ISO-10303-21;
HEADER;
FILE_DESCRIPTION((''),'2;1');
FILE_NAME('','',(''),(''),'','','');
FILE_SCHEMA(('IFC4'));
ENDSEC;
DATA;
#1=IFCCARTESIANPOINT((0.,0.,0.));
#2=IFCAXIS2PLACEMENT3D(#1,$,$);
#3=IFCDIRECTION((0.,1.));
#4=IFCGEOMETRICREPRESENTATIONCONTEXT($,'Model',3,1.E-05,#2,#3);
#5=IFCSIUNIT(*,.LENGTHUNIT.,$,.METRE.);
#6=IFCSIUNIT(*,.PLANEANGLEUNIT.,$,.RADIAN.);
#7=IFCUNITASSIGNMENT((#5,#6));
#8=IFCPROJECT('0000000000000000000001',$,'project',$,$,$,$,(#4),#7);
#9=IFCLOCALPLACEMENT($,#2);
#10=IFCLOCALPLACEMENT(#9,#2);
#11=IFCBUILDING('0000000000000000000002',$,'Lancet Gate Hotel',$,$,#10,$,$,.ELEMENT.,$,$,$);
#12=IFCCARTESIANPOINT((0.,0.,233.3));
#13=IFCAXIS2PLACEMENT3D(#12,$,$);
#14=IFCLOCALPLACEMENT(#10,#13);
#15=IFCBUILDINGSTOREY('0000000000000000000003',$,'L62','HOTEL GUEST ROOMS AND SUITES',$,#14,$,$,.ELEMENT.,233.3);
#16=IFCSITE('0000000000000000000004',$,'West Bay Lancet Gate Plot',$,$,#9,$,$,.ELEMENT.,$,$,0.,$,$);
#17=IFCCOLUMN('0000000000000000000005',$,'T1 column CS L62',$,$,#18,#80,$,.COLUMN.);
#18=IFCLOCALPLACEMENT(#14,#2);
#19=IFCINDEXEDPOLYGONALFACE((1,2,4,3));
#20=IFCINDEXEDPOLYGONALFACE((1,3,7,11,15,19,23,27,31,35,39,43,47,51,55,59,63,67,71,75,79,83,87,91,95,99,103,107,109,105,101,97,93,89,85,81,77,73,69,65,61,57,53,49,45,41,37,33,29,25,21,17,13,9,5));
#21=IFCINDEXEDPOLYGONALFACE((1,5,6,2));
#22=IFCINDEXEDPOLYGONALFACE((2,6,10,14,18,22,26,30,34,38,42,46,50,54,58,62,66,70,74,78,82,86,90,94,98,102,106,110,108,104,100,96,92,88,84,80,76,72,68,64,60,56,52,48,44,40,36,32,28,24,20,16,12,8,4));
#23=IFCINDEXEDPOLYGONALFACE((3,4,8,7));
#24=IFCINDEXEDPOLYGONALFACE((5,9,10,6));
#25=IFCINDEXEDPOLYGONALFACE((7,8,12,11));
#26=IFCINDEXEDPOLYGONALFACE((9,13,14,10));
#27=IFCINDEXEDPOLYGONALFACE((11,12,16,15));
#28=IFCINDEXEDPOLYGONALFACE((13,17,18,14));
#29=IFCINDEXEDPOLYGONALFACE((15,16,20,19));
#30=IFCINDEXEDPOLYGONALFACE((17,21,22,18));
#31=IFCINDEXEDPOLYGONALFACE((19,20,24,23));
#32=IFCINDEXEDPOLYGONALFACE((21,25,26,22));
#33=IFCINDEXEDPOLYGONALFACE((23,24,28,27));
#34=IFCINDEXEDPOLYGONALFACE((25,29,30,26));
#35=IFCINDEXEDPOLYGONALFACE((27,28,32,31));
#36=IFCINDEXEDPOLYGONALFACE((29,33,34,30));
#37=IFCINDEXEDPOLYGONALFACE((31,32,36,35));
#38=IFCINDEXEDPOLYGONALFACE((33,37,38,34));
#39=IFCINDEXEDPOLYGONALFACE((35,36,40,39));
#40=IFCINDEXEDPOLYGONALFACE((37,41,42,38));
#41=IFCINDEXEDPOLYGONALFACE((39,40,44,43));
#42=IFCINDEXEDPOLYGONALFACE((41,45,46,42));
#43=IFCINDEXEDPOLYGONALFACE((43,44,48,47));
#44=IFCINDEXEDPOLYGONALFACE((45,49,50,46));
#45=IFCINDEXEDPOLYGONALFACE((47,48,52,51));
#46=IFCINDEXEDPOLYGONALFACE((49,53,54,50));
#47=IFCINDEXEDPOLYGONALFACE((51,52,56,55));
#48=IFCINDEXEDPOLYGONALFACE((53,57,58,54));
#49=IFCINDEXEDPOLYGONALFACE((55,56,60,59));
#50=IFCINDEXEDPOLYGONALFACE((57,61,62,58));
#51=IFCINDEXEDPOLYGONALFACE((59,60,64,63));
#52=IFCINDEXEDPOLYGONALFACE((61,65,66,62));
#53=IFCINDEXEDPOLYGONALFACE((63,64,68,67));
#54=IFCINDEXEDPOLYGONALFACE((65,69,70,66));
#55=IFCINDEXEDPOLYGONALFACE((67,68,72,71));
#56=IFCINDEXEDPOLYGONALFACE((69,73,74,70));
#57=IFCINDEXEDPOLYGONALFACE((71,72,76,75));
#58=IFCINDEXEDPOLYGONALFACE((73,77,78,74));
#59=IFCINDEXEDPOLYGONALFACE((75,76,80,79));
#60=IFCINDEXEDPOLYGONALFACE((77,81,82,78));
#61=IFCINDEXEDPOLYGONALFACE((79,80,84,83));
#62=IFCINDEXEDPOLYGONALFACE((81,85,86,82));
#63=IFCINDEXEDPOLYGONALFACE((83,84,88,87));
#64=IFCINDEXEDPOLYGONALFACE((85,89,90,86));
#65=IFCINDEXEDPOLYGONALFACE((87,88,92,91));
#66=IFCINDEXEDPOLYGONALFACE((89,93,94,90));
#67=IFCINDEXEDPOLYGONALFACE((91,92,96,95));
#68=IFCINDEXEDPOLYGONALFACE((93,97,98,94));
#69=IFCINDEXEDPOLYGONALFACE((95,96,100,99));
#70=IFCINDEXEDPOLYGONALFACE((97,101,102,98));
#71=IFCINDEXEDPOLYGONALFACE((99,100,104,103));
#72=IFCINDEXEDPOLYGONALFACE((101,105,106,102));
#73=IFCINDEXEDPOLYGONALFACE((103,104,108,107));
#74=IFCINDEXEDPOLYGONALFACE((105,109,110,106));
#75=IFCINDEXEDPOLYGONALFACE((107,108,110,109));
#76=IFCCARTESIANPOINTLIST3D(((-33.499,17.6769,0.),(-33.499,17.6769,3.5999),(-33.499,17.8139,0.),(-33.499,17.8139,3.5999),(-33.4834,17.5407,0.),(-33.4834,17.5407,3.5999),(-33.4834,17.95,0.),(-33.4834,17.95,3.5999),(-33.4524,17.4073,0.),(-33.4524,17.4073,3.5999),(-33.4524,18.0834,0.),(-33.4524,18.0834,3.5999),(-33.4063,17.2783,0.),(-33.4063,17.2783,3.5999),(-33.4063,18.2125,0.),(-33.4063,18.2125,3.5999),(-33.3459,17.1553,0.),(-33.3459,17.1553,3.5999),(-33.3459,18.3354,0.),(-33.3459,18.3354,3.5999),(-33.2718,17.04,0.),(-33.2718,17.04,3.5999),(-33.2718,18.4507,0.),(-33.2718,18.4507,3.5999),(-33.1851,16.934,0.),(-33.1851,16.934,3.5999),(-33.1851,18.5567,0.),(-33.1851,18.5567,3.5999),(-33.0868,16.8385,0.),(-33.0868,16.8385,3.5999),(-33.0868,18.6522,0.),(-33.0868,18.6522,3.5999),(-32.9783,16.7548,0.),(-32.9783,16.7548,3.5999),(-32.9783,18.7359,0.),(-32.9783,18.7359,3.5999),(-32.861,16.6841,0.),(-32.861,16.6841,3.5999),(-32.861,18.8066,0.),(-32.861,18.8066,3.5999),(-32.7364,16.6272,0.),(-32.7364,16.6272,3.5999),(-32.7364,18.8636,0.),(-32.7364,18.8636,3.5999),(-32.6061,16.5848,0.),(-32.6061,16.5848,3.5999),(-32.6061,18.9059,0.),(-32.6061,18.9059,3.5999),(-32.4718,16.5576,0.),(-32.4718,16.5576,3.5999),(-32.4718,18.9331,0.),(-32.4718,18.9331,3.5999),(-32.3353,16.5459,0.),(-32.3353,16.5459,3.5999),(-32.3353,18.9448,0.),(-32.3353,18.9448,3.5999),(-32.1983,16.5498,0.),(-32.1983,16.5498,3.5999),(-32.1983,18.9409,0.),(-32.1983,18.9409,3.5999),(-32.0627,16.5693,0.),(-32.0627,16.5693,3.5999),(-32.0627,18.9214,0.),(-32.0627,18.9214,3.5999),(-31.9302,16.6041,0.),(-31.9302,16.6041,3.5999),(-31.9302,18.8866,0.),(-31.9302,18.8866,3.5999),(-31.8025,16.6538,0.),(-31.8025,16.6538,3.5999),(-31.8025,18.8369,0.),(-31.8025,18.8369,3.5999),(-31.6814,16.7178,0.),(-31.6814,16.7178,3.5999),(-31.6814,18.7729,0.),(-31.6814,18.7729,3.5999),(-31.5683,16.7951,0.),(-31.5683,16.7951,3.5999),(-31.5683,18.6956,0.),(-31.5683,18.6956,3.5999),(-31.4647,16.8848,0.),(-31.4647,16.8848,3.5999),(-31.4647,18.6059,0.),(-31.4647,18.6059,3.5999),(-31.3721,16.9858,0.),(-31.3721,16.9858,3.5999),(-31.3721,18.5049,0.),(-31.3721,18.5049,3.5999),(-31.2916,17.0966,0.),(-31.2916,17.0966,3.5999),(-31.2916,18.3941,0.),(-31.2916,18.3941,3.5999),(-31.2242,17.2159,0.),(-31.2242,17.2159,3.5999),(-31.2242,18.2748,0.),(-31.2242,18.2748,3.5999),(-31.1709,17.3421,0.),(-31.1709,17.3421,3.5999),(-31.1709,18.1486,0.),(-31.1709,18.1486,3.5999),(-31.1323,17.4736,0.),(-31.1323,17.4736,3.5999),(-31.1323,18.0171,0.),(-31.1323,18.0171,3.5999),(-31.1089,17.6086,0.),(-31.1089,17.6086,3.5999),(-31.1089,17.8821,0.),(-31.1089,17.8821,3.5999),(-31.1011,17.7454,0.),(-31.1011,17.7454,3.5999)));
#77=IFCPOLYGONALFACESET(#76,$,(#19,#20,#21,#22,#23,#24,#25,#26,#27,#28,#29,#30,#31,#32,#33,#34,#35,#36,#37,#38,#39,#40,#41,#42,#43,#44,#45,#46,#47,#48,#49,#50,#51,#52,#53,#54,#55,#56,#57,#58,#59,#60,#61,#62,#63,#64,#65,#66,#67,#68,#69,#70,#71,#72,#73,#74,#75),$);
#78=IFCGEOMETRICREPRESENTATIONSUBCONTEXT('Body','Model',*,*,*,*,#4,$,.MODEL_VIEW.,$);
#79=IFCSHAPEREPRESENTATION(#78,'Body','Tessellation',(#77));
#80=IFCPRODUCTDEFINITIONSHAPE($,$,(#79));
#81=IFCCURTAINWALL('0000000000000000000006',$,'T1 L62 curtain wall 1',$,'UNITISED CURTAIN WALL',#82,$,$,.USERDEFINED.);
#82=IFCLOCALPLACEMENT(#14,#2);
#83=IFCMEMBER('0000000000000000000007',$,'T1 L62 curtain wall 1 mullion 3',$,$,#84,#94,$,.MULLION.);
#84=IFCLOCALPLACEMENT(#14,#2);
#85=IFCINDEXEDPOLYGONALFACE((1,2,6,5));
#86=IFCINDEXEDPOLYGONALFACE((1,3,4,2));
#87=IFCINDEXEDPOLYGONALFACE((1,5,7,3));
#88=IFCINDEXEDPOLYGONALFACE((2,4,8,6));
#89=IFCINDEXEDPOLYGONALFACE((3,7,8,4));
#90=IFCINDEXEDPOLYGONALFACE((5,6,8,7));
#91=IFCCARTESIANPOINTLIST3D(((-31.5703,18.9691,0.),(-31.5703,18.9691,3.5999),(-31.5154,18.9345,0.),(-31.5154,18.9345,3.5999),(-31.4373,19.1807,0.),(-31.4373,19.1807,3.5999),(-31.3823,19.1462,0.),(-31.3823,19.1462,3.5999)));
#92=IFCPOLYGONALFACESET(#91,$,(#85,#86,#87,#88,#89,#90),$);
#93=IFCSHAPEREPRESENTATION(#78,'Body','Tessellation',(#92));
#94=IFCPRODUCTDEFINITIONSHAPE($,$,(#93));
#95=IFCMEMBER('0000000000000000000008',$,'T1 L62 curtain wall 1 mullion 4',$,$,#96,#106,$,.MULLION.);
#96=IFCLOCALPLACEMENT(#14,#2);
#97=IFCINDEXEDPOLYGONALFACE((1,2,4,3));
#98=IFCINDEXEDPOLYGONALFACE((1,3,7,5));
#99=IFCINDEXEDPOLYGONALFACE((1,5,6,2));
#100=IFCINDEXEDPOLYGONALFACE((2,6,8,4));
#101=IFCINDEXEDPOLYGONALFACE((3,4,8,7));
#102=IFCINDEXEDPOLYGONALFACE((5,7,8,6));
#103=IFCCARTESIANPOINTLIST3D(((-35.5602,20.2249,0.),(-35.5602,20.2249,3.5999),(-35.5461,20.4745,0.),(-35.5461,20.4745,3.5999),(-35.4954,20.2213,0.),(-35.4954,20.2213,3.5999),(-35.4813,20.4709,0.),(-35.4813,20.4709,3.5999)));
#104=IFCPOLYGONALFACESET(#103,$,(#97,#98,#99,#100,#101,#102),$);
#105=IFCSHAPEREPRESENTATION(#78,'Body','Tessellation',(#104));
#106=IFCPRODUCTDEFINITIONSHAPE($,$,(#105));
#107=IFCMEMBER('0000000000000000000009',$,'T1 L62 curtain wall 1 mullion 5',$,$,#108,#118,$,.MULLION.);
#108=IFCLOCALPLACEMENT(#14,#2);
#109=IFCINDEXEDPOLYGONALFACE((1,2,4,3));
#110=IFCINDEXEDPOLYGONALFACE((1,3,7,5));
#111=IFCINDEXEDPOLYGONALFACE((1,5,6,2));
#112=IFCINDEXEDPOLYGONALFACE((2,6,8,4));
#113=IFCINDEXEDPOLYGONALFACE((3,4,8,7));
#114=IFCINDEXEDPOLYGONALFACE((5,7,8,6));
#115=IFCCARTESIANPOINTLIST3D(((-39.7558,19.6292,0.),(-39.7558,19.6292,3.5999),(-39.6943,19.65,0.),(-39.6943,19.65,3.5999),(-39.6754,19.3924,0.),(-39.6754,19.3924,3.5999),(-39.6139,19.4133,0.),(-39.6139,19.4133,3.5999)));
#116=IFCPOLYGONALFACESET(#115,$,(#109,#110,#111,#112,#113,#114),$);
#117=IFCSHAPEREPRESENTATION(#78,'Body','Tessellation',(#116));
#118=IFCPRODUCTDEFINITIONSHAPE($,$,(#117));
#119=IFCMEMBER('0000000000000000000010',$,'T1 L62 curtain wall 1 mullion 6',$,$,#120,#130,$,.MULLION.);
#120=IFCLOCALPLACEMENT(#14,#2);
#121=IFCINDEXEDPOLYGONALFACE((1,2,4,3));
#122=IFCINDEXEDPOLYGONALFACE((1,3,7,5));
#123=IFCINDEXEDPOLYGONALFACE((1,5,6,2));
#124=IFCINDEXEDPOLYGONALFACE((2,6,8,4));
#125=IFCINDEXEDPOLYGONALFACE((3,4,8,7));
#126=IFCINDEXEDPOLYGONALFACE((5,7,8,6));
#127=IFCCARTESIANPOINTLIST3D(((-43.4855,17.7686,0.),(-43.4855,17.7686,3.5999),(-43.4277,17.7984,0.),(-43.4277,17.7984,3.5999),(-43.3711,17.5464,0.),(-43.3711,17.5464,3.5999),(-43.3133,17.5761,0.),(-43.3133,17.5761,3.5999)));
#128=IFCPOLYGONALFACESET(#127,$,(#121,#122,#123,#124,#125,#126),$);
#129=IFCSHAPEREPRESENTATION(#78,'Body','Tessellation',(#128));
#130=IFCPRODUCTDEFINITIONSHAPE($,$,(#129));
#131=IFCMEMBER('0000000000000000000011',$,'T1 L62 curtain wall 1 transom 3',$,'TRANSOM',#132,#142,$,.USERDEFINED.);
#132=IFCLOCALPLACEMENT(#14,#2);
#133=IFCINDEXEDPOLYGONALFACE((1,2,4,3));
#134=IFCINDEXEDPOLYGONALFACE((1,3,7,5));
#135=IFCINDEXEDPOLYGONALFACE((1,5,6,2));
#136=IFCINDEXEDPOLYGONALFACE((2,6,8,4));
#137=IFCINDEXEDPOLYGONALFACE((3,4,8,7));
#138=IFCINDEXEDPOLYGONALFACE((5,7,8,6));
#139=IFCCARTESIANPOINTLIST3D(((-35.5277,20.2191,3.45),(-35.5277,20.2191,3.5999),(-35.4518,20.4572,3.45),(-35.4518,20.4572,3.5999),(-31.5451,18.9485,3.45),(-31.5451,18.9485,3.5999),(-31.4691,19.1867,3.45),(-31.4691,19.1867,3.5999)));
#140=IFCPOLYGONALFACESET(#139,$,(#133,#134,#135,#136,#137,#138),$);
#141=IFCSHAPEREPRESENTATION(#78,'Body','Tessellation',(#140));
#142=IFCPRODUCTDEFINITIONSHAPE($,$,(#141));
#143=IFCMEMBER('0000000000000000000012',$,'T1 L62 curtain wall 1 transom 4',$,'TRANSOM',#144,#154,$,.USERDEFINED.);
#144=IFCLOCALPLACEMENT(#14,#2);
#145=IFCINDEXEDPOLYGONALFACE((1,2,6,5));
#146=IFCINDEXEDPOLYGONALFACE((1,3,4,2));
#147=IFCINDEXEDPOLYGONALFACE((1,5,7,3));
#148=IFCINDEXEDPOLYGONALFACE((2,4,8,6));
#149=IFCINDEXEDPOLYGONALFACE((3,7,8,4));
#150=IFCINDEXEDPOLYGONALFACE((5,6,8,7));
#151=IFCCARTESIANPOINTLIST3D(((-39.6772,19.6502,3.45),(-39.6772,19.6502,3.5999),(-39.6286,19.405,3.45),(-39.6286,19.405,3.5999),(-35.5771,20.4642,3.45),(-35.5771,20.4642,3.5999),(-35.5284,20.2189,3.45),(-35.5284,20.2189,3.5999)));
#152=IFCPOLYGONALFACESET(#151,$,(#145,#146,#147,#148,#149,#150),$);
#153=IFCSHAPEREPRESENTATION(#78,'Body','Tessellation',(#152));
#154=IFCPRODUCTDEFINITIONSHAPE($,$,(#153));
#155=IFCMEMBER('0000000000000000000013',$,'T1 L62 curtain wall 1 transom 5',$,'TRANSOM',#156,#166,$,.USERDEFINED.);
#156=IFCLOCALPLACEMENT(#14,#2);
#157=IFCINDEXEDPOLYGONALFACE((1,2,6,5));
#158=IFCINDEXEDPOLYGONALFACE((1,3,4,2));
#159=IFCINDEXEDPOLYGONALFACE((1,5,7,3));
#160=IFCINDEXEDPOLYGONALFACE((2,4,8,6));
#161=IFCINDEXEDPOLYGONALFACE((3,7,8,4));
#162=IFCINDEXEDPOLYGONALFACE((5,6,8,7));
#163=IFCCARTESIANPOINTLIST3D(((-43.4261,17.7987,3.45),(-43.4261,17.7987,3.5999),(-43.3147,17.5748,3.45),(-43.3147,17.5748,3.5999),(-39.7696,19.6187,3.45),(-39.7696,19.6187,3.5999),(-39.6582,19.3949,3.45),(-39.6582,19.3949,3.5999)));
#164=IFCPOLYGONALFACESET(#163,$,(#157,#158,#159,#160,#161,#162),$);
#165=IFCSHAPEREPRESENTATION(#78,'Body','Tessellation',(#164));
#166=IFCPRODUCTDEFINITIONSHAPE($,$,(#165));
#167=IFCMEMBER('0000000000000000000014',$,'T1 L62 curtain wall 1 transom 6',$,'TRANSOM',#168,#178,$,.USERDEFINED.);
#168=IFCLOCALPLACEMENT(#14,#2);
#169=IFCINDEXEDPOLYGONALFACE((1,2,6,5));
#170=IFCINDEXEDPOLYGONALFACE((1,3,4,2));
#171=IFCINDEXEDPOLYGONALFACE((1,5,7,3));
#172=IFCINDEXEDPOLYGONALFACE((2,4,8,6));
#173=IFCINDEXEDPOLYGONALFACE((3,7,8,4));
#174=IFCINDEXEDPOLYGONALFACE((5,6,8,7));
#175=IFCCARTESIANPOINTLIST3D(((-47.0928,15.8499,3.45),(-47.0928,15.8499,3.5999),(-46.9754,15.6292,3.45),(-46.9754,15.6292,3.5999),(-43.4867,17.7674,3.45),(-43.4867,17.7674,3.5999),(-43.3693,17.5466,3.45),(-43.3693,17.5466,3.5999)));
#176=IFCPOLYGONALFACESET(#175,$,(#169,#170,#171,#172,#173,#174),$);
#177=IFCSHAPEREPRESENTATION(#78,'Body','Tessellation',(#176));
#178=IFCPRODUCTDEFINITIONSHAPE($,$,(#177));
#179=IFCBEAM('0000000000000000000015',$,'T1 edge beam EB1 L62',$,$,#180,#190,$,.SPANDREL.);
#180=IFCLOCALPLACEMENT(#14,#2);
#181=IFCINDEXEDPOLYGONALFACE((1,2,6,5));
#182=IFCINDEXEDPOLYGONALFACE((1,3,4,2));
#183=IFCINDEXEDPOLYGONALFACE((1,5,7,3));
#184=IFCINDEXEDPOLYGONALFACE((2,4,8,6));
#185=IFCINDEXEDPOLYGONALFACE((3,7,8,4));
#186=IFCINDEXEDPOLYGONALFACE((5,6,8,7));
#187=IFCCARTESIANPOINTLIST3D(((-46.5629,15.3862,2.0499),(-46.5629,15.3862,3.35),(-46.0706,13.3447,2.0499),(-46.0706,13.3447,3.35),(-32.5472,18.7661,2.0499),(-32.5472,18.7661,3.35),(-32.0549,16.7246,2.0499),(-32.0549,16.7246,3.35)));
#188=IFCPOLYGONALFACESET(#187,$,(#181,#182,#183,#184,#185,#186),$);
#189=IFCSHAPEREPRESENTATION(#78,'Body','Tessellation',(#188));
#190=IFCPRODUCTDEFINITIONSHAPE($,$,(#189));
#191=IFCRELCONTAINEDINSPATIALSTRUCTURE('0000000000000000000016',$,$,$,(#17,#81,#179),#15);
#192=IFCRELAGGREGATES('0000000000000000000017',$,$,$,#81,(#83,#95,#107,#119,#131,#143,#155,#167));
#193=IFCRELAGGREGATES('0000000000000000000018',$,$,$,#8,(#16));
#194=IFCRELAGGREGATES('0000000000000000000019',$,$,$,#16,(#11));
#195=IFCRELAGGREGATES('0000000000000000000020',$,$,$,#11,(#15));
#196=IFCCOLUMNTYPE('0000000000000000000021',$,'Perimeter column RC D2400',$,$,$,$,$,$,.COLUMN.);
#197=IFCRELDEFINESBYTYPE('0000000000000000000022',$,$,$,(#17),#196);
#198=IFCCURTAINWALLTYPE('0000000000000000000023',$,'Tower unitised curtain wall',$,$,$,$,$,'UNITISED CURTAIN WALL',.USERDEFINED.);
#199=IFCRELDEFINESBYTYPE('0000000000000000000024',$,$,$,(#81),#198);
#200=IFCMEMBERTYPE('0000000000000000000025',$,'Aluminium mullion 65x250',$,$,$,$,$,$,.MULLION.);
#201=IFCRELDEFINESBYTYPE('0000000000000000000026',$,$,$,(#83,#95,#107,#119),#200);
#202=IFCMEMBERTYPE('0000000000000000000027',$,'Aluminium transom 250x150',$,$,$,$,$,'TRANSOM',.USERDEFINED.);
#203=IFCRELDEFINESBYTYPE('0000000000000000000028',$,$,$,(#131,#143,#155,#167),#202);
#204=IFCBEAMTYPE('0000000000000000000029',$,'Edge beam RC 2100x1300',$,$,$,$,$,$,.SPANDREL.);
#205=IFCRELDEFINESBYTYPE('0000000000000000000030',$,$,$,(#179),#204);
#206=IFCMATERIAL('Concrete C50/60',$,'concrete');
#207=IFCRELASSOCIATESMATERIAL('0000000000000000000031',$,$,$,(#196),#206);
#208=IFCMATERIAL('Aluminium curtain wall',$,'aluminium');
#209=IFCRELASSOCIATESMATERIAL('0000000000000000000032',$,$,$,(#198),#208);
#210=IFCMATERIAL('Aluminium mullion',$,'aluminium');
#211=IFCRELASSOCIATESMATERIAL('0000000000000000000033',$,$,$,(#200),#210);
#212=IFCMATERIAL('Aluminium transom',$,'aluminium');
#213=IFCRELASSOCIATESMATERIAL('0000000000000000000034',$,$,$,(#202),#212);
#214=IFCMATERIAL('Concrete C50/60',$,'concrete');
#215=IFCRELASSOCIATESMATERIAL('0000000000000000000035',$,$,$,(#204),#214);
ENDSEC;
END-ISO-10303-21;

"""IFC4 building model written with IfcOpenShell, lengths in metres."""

from ifc_helpers import new_model, si_unit, direction, frame, origin, origin_2d, place, context, subcontext, project, spatial, rectangle, circle, extrude, material, material_profile, profile_set, type_object, element, aggregate, save


model = new_model("IFC4")

# Units and contexts
model_context = context("Model", 3, precision=1e-05, world=origin(), true_north=direction((0.0, 1.0)))
body_context = subcontext(model_context, "Body", "Model", "MODEL_VIEW")
ifc_project = project(units=[si_unit("LENGTHUNIT", "METRE"), si_unit("PLANEANGLEUNIT", "RADIAN")], contexts=[model_context])

# Site, building, storey
site_placement = place(None, origin())
site = spatial("IfcSite", under=ifc_project, at=site_placement, Name="West Bay Lancet Gate Plot", CompositionType="ELEMENT", RefElevation=0.0)
building_placement = place(site_placement, origin())
building = spatial("IfcBuilding", under=site, at=building_placement, Name="Lancet Gate Hotel", CompositionType="ELEMENT")
storey_placement = place(building_placement, frame((0.0, 0.0, 233.3)))
storey = spatial("IfcBuildingStorey", under=building, at=storey_placement, Name="L62", Description="HOTEL GUEST ROOMS AND SUITES", CompositionType="ELEMENT", Elevation=233.3)

# Column
ifc_material_1 = material(Name="Concrete C50/60", Category="concrete")
ifc_material_profile_1 = material_profile(ifc_material_1, circle(Radius=1.2, at=origin_2d()), Name="RC D2400")
ifc_profile_set_1 = profile_set([ifc_material_profile_1], Name="Concrete C50/60")
column_type = type_object("IfcColumnType", Name="Perimeter column RC D2400", PredefinedType="COLUMN", material=ifc_profile_set_1)
column_placement = place(storey_placement, frame((-32.301, 17.7454, 0.0), z_axis=(0.0, 0.0, 1.0), x_axis=(1.0, 0.0, 0.0)))
element("IfcColumn", 1, at=column_placement, inside=storey, type_object=column_type, Name="T1 column CS L62", PredefinedType="COLUMN", context=body_context, shape_type="SweptSolid", body=[
    extrude(circle(Radius=1.2, at=origin_2d()), origin(), (0.0, 0.0, 1.0), 3.5999),
])

# Curtain wall, members
ifc_material_2 = material(Name="Aluminium curtain wall", Category="aluminium")
curtain_wall_type = type_object("IfcCurtainWallType", Name="Tower unitised curtain wall", ElementType="UNITISED CURTAIN WALL", PredefinedType="USERDEFINED", material=ifc_material_2)
curtain_wall_placement = place(storey_placement, origin())
curtain_wall = element("IfcCurtainWall", 2, at=curtain_wall_placement, inside=storey, type_object=curtain_wall_type, Name="T1 L62 curtain wall 1", ObjectType="UNITISED CURTAIN WALL", PredefinedType="USERDEFINED")
ifc_material_3 = material(Name="Aluminium mullion", Category="aluminium")
ifc_material_profile_2 = material_profile(ifc_material_3, rectangle(XDim=0.0649, YDim=0.25, at=origin_2d()), Name="MULLION 65x250")
ifc_profile_set_2 = profile_set([ifc_material_profile_2], Name="Aluminium mullion")
member_type_1 = type_object("IfcMemberType", Name="Aluminium mullion 65x250", PredefinedType="MULLION", material=ifc_profile_set_2)
member_1_placement = place(storey_placement, frame((-31.4763, 19.0576, 0.0), z_axis=(0.0, 0.0, 1.0), x_axis=(-0.846613, 0.532209, 0.0)))
member_1 = element("IfcMember", 3, at=member_1_placement, type_object=member_type_1, Name="T1 L62 curtain wall 1 mullion 3", PredefinedType="MULLION", context=body_context, shape_type="SweptSolid", body=[
    extrude(rectangle(XDim=0.0649, YDim=0.25, at=origin_2d()), origin(), (0.0, 0.0, 1.0), 3.5999),
])
member_2_placement = place(storey_placement, frame((-35.5208, 20.3479, 0.0), z_axis=(0.0, 0.0, 1.0), x_axis=(-0.998409, 0.056384, 0.0)))
member_2 = element("IfcMember", 4, at=member_2_placement, type_object=member_type_1, Name="T1 L62 curtain wall 1 mullion 4", PredefinedType="MULLION", context=body_context, shape_type="SweptSolid", body=[
    extrude(rectangle(XDim=0.0649, YDim=0.25, at=origin_2d()), origin(), (0.0, 0.0, 1.0), 3.5999),
])
member_3_placement = place(storey_placement, frame((-39.6848, 19.5212, 0.0), z_axis=(0.0, 0.0, 1.0), x_axis=(-0.946888, -0.321564, 0.0)))
member_3 = element("IfcMember", 5, at=member_3_placement, type_object=member_type_1, Name="T1 L62 curtain wall 1 mullion 5", PredefinedType="MULLION", context=body_context, shape_type="SweptSolid", body=[
    extrude(rectangle(XDim=0.0649, YDim=0.25, at=origin_2d()), origin(), (0.0, 0.0, 1.0), 3.5999),
])
member_4_placement = place(storey_placement, frame((-43.3994, 17.6724, 0.0), z_axis=(0.0, 0.0, 1.0), x_axis=(-0.889156, -0.457605, 0.0)))
member_4 = element("IfcMember", 6, at=member_4_placement, type_object=member_type_1, Name="T1 L62 curtain wall 1 mullion 6", PredefinedType="MULLION", context=body_context, shape_type="SweptSolid", body=[
    extrude(rectangle(XDim=0.0649, YDim=0.25, at=origin_2d()), origin(), (0.0, 0.0, 1.0), 3.5999),
])
ifc_material_4 = material(Name="Aluminium transom", Category="aluminium")
ifc_material_profile_3 = material_profile(ifc_material_4, rectangle(XDim=0.25, YDim=0.1499, at=origin_2d()), Name="TRANSOM 250x150")
ifc_profile_set_3 = profile_set([ifc_material_profile_3], Name="Aluminium transom")
member_type_2 = type_object("IfcMemberType", Name="Aluminium transom 250x150", ElementType="TRANSOM", PredefinedType="USERDEFINED", material=ifc_profile_set_3)
member_5_placement = place(storey_placement, frame((-31.5071, 19.0676, 3.5249), z_axis=(-0.952698, 0.30392, 0.0), x_axis=(-0.30392, -0.952698, 0.0)))
member_5 = element("IfcMember", 7, at=member_5_placement, type_object=member_type_2, Name="T1 L62 curtain wall 1 transom 3", ObjectType="TRANSOM", PredefinedType="USERDEFINED", context=body_context, shape_type="SweptSolid", body=[
    extrude(rectangle(XDim=0.25, YDim=0.1499, at=origin_2d()), origin(), (0.0, 0.0, 1.0), 4.1804),
])
member_6_placement = place(storey_placement, frame((-35.5527, 20.3416, 3.5249), z_axis=(-0.980858, -0.194723, 0.0), x_axis=(0.194723, -0.980858, 0.0)))
member_6 = element("IfcMember", 8, at=member_6_placement, type_object=member_type_2, Name="T1 L62 curtain wall 1 transom 4", ObjectType="TRANSOM", PredefinedType="USERDEFINED", context=body_context, shape_type="SweptSolid", body=[
    extrude(rectangle(XDim=0.25, YDim=0.1499, at=origin_2d()), origin(), (0.0, 0.0, 1.0), 4.1802),
])
member_7_placement = place(storey_placement, frame((-39.7139, 19.5068, 3.5249), z_axis=(-0.895227, -0.445611, 0.0), x_axis=(0.445611, -0.895227, 0.0)))
member_7 = element("IfcMember", 9, at=member_7_placement, type_object=member_type_2, Name="T1 L62 curtain wall 1 transom 5", ObjectType="TRANSOM", PredefinedType="USERDEFINED", context=body_context, shape_type="SweptSolid", body=[
    extrude(rectangle(XDim=0.25, YDim=0.1499, at=origin_2d()), origin(), (0.0, 0.0, 1.0), 4.0845),
])
member_8_placement = place(storey_placement, frame((-43.428, 17.657, 3.5249), z_axis=(-0.882945, -0.469477, 0.0), x_axis=(0.469477, -0.882945, 0.0)))
member_8 = element("IfcMember", 10, at=member_8_placement, type_object=member_type_2, Name="T1 L62 curtain wall 1 transom 6", ObjectType="TRANSOM", PredefinedType="USERDEFINED", context=body_context, shape_type="SweptSolid", body=[
    extrude(rectangle(XDim=0.25, YDim=0.1499, at=origin_2d()), origin(), (0.0, 0.0, 1.0), 4.0842),
])

# Beam
ifc_material_5 = material(Name="Concrete C50/60", Category="concrete")
ifc_material_profile_4 = material_profile(ifc_material_5, rectangle(XDim=2.1001, YDim=1.3, at=origin_2d()), Name="RC 2100x1300")
ifc_profile_set_4 = profile_set([ifc_material_profile_4], Name="Concrete C50/60")
beam_type_1 = type_object("IfcBeamType", Name="Edge beam RC 2100x1300", PredefinedType="SPANDREL", material=ifc_profile_set_4)
beam_1_placement = place(storey_placement, frame((-32.301, 17.7454, 2.7), z_axis=(-0.972133, -0.234431, 0.0), x_axis=(0.234431, -0.972133, 0.0)))
element("IfcBeam", 11, at=beam_1_placement, inside=storey, type_object=beam_type_1, Name="T1 edge beam EB1 L62", PredefinedType="SPANDREL", context=body_context, shape_type="SweptSolid", body=[
    extrude(rectangle(XDim=2.1001, YDim=1.3, at=origin_2d()), origin(), (0.0, 0.0, 1.0), 14.4175),
])

aggregate(curtain_wall, [member_1, member_2, member_3, member_4, member_5, member_6, member_7, member_8])

save(model, "model.ifc")
